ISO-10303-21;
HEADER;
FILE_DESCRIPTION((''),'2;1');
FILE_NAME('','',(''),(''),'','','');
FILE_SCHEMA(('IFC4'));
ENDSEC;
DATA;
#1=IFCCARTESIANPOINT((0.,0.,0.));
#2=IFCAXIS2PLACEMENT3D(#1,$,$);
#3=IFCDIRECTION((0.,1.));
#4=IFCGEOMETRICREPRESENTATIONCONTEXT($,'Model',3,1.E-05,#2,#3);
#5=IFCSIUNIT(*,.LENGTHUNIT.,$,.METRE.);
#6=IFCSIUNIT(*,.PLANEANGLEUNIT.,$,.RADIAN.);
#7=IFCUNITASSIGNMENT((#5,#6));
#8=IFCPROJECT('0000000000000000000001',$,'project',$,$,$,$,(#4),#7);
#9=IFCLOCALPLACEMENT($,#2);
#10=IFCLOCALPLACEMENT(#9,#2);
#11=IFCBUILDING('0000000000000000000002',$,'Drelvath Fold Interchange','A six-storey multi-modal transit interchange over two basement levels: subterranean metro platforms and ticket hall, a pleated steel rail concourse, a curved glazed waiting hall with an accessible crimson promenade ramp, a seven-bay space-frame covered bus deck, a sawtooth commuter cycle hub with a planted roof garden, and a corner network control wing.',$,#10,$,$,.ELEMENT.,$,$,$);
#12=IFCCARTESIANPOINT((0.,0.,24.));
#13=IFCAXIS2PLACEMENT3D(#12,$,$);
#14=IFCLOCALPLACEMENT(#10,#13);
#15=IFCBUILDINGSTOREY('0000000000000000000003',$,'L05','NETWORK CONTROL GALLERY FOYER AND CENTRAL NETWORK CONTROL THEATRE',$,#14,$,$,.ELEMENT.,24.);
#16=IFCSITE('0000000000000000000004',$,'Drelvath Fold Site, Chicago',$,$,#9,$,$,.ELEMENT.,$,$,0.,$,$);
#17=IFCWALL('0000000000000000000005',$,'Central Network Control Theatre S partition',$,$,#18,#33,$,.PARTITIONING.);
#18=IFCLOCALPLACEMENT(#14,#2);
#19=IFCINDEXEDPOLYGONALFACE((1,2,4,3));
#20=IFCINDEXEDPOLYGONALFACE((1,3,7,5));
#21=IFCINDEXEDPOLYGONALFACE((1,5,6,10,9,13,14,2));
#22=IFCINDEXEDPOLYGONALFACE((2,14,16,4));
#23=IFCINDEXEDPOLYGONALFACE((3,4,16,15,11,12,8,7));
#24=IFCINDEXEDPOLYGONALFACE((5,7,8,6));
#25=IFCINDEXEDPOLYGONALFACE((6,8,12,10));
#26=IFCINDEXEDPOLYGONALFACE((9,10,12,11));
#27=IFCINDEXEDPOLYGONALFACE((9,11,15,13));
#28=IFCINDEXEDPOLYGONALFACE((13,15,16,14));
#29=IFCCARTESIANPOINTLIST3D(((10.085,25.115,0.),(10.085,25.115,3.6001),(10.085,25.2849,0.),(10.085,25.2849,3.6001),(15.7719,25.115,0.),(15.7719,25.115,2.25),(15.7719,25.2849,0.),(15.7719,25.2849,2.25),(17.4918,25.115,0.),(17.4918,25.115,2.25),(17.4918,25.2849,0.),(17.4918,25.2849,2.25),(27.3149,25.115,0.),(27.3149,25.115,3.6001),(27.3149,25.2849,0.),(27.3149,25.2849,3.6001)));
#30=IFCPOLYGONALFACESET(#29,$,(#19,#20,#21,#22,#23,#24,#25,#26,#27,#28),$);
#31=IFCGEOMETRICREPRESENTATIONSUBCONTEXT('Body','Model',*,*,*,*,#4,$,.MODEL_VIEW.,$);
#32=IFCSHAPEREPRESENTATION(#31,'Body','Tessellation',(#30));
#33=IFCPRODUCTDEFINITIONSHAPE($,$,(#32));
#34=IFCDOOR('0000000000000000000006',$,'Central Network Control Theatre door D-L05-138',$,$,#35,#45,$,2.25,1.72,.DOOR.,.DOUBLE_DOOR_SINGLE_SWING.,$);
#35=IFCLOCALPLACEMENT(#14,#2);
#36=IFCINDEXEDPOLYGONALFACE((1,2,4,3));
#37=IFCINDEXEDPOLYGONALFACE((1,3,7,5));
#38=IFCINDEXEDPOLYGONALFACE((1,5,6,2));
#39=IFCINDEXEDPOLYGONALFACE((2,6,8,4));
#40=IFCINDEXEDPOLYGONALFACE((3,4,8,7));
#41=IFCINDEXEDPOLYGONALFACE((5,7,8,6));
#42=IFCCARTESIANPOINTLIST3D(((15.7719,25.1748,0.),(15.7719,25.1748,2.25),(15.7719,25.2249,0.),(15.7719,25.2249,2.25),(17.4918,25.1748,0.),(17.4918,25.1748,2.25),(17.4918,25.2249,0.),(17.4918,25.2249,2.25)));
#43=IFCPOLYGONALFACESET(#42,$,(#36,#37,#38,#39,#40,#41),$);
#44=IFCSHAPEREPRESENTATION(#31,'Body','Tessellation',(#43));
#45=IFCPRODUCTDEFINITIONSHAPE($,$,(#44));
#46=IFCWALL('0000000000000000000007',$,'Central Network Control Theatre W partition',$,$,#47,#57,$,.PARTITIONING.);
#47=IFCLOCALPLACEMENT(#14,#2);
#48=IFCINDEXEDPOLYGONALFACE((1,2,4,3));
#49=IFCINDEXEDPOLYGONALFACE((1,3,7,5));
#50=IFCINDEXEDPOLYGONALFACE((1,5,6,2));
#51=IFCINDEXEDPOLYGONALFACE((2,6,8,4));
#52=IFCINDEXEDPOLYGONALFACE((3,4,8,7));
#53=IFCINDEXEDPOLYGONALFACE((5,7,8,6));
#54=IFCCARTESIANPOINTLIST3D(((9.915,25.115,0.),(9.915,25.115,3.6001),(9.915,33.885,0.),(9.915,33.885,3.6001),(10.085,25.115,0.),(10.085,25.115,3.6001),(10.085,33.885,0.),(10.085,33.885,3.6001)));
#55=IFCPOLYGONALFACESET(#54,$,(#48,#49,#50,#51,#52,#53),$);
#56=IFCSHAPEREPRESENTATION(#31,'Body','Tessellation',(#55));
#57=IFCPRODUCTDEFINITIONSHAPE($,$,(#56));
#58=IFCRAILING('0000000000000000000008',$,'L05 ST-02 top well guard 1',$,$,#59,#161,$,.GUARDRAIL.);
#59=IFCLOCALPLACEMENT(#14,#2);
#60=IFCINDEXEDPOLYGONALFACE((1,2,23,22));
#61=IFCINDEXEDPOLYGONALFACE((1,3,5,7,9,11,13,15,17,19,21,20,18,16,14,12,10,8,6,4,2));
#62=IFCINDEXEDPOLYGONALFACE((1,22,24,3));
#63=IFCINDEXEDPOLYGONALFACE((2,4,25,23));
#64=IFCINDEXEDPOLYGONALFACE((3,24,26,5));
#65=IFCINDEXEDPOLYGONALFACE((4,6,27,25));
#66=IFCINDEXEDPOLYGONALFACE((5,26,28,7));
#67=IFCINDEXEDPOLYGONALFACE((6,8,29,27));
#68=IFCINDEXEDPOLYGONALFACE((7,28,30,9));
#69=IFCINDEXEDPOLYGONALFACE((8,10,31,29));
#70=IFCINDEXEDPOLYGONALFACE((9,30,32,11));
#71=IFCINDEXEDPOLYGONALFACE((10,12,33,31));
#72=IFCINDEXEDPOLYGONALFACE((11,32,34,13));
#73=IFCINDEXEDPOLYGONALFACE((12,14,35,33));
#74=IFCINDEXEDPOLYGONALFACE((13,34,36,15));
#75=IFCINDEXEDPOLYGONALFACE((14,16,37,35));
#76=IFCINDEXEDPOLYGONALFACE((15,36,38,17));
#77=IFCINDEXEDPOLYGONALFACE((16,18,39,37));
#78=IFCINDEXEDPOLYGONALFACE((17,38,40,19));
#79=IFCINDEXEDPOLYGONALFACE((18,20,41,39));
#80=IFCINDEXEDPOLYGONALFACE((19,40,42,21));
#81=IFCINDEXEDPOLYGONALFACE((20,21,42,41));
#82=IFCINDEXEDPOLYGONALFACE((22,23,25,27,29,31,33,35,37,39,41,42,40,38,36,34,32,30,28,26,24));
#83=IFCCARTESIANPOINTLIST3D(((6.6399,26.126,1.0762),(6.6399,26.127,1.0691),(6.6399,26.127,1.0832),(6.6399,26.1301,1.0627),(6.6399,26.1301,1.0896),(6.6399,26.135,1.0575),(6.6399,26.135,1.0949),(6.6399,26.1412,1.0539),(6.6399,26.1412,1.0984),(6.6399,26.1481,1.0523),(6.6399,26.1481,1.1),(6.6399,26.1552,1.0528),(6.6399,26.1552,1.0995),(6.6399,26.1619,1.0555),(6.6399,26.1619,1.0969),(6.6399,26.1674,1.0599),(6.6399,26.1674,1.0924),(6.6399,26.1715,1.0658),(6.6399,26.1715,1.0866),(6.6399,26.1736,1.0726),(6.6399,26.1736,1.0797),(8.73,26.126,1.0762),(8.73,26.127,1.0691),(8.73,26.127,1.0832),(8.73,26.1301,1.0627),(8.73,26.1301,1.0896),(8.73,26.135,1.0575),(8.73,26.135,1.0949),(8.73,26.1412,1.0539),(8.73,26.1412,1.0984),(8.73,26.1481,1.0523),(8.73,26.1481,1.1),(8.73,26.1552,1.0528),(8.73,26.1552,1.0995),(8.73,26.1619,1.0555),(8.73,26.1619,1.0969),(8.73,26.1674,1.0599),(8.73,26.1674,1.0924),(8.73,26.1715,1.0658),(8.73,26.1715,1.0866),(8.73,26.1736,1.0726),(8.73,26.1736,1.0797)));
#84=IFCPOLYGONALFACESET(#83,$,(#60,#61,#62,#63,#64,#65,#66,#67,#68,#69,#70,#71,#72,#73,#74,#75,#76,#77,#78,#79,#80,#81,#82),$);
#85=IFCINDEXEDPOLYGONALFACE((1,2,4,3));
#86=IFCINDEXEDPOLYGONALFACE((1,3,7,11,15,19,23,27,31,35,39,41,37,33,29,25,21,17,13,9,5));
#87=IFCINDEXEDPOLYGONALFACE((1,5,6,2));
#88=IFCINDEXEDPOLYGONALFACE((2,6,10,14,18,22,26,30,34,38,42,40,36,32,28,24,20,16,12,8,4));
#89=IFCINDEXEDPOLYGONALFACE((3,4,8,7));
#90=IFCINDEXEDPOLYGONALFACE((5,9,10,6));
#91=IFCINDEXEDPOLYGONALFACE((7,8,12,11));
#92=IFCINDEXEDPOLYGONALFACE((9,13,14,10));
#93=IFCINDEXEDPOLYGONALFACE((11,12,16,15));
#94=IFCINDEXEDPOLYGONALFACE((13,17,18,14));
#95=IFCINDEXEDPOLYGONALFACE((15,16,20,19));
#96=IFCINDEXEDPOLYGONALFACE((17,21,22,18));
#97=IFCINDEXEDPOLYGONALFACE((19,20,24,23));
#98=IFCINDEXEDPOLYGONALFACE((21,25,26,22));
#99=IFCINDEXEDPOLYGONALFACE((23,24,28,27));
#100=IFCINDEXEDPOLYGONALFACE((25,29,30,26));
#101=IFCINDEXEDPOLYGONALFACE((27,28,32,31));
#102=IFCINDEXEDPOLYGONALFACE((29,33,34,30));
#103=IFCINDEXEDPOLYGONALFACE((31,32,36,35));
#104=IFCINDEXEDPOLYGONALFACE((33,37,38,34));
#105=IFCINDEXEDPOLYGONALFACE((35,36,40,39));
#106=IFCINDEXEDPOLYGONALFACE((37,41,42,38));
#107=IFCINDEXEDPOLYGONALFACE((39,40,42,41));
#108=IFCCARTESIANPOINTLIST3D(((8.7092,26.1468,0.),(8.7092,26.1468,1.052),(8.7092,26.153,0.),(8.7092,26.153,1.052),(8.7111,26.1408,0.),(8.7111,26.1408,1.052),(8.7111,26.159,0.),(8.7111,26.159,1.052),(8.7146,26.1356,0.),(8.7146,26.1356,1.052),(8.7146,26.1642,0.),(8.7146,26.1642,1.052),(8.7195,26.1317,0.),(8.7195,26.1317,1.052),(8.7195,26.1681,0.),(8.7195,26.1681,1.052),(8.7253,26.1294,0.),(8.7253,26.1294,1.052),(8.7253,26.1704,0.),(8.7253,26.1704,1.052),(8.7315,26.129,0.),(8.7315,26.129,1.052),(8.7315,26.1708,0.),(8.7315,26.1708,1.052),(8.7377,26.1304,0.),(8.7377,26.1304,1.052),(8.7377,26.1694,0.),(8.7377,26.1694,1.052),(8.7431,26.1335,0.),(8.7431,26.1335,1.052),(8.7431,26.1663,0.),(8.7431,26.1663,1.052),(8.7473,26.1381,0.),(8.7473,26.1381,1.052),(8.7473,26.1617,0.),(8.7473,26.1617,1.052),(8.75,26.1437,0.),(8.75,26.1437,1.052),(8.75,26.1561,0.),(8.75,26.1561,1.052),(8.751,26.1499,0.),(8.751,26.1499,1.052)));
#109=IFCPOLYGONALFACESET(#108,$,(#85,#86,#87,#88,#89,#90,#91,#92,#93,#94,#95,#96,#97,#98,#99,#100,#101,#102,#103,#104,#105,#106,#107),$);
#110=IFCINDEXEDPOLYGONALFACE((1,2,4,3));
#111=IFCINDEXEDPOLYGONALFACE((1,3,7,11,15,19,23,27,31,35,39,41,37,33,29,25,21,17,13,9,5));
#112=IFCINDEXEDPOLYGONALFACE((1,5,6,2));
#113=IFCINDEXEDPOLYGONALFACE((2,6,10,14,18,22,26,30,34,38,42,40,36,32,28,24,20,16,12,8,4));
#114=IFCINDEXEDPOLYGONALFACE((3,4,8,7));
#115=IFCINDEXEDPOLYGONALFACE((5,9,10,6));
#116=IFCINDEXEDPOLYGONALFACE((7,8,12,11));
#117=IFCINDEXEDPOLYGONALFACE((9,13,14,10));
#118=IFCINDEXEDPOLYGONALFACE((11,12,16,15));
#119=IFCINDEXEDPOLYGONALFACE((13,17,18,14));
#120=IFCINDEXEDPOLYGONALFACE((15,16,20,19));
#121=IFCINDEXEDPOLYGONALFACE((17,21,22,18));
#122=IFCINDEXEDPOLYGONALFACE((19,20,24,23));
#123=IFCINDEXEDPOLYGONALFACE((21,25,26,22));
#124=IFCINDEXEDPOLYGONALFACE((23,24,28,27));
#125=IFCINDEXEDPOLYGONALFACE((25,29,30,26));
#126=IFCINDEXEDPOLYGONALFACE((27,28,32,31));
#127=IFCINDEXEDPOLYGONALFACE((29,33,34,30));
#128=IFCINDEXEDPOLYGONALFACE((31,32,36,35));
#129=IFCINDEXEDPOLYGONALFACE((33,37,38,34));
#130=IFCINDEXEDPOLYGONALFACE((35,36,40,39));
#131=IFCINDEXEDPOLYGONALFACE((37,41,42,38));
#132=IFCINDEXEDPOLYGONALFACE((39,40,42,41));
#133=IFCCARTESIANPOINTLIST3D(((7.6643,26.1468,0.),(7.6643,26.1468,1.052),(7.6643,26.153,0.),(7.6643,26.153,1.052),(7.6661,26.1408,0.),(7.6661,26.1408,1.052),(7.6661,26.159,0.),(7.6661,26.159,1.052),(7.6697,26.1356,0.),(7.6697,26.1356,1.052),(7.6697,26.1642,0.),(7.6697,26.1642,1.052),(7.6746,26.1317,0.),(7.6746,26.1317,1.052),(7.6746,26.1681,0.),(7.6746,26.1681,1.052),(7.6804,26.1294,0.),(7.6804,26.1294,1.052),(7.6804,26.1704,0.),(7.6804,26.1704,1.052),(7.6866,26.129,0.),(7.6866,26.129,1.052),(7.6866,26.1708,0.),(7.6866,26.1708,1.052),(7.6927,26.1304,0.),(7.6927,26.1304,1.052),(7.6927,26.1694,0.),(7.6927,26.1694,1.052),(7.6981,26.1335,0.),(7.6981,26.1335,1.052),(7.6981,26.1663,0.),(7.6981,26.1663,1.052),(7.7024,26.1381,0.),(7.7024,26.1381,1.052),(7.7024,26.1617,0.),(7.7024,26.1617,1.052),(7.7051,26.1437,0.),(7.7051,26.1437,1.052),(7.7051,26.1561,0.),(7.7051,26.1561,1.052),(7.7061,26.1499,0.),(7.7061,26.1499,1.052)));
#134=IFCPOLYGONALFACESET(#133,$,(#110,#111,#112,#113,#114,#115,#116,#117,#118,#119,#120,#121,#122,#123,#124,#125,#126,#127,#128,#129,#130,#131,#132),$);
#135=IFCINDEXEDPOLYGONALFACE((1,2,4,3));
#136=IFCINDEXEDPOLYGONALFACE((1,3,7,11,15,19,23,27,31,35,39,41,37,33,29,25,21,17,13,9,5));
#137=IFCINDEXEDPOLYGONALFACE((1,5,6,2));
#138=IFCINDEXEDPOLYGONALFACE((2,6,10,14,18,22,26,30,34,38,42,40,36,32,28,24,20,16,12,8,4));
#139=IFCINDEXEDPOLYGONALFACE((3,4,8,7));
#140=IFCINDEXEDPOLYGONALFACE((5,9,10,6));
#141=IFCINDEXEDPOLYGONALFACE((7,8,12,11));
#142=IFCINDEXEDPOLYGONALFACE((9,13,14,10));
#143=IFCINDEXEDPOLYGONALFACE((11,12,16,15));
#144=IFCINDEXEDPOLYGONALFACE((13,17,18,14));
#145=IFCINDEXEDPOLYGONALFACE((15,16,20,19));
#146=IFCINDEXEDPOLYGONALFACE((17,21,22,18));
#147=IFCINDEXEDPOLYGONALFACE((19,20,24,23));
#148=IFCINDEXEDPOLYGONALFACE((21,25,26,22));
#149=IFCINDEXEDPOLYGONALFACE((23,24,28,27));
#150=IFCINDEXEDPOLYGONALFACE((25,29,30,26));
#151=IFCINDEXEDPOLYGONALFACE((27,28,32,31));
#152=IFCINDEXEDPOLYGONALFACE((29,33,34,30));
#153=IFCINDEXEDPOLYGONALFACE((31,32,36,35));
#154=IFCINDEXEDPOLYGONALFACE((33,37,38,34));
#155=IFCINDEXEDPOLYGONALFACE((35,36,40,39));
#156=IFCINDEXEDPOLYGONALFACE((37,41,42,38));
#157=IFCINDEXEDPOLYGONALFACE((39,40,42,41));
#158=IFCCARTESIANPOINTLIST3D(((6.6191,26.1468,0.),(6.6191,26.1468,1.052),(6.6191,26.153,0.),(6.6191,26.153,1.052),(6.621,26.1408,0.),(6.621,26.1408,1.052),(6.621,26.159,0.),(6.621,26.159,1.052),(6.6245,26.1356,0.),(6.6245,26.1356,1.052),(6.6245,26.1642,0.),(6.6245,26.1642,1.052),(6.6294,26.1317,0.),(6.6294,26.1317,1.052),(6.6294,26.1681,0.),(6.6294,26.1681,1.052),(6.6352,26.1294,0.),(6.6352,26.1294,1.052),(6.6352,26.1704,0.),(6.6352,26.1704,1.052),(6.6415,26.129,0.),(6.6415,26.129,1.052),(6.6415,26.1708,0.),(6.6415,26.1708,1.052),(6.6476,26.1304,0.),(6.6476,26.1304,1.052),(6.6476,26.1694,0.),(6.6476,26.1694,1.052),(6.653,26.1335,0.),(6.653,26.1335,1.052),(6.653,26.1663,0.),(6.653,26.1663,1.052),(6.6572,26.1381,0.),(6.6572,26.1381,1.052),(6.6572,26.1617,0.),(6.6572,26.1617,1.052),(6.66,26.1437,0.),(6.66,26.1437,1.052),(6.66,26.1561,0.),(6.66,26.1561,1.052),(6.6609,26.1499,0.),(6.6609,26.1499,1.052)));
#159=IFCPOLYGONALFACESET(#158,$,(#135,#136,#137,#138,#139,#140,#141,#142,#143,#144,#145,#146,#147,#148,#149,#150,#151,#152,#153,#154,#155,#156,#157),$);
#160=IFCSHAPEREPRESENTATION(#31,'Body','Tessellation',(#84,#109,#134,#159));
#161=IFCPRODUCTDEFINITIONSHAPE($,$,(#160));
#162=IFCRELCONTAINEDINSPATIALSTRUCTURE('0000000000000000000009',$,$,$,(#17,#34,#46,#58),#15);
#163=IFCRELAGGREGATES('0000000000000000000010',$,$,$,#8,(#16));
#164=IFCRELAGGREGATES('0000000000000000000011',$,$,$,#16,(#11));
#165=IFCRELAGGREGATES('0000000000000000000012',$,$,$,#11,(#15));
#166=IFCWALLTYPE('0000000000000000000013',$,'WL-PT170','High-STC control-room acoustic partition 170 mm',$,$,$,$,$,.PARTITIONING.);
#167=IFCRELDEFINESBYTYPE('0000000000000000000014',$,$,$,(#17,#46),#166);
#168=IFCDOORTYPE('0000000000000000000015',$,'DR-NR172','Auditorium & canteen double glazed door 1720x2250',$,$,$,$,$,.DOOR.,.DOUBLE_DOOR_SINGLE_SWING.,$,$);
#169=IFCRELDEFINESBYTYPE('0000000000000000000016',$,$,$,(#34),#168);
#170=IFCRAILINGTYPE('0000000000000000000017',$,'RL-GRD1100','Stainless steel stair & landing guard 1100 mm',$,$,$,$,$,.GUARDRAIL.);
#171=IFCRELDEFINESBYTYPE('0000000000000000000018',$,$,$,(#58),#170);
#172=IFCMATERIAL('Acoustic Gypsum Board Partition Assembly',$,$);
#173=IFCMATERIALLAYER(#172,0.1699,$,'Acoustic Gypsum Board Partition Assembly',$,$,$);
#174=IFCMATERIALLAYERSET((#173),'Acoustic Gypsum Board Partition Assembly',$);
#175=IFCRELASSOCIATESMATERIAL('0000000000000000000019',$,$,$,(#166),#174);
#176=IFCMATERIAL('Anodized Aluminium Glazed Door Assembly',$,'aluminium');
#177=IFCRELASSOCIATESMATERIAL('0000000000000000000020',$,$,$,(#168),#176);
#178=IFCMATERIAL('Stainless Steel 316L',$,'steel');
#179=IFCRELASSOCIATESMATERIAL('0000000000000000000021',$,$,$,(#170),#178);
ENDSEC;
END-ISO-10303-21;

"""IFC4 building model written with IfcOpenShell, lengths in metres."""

from ifc_helpers import new_model, si_unit, direction, frame, frame_2d, origin, origin_2d, place, context, subcontext, project, spatial, rectangle, circle, extrude, material, layer, layer_set, type_object, element, fill, save


model = new_model("IFC4")

# Units and contexts
model_context = context("Model", 3, precision=1e-05, world=origin(), true_north=direction((0.0, 1.0)))
body_context = subcontext(model_context, "Body", "Model", "MODEL_VIEW")
ifc_project = project(units=[si_unit("LENGTHUNIT", "METRE"), si_unit("PLANEANGLEUNIT", "RADIAN")], contexts=[model_context])

# Site, building, storey
site_placement = place(None, origin())
site = spatial("IfcSite", under=ifc_project, at=site_placement, Name="Drelvath Fold Site, Chicago", CompositionType="ELEMENT", RefElevation=0.0)
building_placement = place(site_placement, origin())
building = spatial("IfcBuilding", under=site, at=building_placement, Name="Drelvath Fold Interchange", Description="A six-storey multi-modal transit interchange over two basement levels: subterranean metro platforms and ticket hall, a pleated steel rail concourse, a curved glazed waiting hall with an accessible crimson promenade ramp, a seven-bay space-frame covered bus deck, a sawtooth commuter cycle hub with a planted roof garden, and a corner network control wing.", CompositionType="ELEMENT")
storey_placement = place(building_placement, frame((0.0, 0.0, 24.0)))
storey = spatial("IfcBuildingStorey", under=building, at=storey_placement, Name="L05", Description="NETWORK CONTROL GALLERY FOYER AND CENTRAL NETWORK CONTROL THEATRE", CompositionType="ELEMENT", Elevation=24.0)

# Wall, opening, door
ifc_material_1 = material(Name="Acoustic Gypsum Board Partition Assembly")
ifc_layer_1 = layer(ifc_material_1, 0.1699, Name="Acoustic Gypsum Board Partition Assembly")
ifc_layer_set_1 = layer_set([ifc_layer_1], Name="Acoustic Gypsum Board Partition Assembly")
wall_type_1 = type_object("IfcWallType", Name="WL-PT170", Description="High-STC control-room acoustic partition 170 mm", PredefinedType="PARTITIONING", material=ifc_layer_set_1)
wall_1_placement = place(storey_placement, frame((10.085, 25.2, 0.0), z_axis=(0.0, 0.0, 1.0), x_axis=(1.0, 0.0, 0.0)))
wall_1 = element("IfcWall", 1, at=wall_1_placement, inside=storey, type_object=wall_type_1, Name="Central Network Control Theatre S partition", PredefinedType="PARTITIONING", context=body_context, shape_type="SweptSolid", body=[
    extrude(rectangle(XDim=17.23, YDim=0.1699, at=frame_2d((8.615, 0.0))), origin(), (0.0, 0.0, 1.0), 3.6001),
])
opening_1_placement = place(wall_1_placement, frame((5.687, 0.0, 0.0)))
opening_1 = element("IfcOpeningElement", 2, at=opening_1_placement, cuts=wall_1, PredefinedType="OPENING", context=body_context, shape_type="SweptSolid", body=[
    extrude(rectangle(XDim=1.72, YDim=2.25, at=frame_2d((0.8599, 1.125))), frame((0.0, 0.095, 0.0), z_axis=(0.0, -1.0, 0.0), x_axis=(1.0, 0.0, 0.0)), (0.0, 0.0, 1.0), 0.1899),
])
ifc_material_2 = material(Name="Anodized Aluminium Glazed Door Assembly", Category="aluminium")
door_type = type_object("IfcDoorType", Name="DR-NR172", Description="Auditorium & canteen double glazed door 1720x2250", OperationType="DOUBLE_DOOR_SINGLE_SWING", PredefinedType="DOOR", material=ifc_material_2)
door_placement = place(opening_1_placement, origin())
door = element("IfcDoor", 3, at=door_placement, inside=storey, type_object=door_type, Name="Central Network Control Theatre door D-L05-138", OperationType="DOUBLE_DOOR_SINGLE_SWING", OverallHeight=2.25, OverallWidth=1.72, PredefinedType="DOOR", context=body_context, shape_type="SweptSolid", body=[
    extrude(rectangle(XDim=1.72, YDim=2.25, at=frame_2d((0.8599, 1.125))), frame((0.0, 0.0249, 0.0), z_axis=(0.0, -1.0, 0.0), x_axis=(1.0, 0.0, 0.0)), (0.0, 0.0, 1.0), 0.05),
])
fill(opening_1, door)

# Wall
wall_2_placement = place(storey_placement, frame((10.0, 33.885, 0.0), z_axis=(0.0, 0.0, 1.0), x_axis=(0.0, -1.0, 0.0)))
element("IfcWall", 4, at=wall_2_placement, inside=storey, type_object=wall_type_1, Name="Central Network Control Theatre W partition", PredefinedType="PARTITIONING", context=body_context, shape_type="SweptSolid", body=[
    extrude(rectangle(XDim=8.77, YDim=0.1699, at=frame_2d((4.385, 0.0))), origin(), (0.0, 0.0, 1.0), 3.6001),
])

# Railing
ifc_material_3 = material(Name="Stainless Steel 316L", Category="steel")
railing_type = type_object("IfcRailingType", Name="RL-GRD1100", Description="Stainless steel stair & landing guard 1100 mm", PredefinedType="GUARDRAIL", material=ifc_material_3)
railing_placement = place(storey_placement, frame((8.73, 26.1499, 0.0)))
element("IfcRailing", 5, at=railing_placement, inside=storey, type_object=railing_type, Name="L05 ST-02 top well guard 1", PredefinedType="GUARDRAIL", context=body_context, shape_type="SweptSolid", body=[
    extrude(circle(Radius=0.0239, at=origin_2d()), frame((0.0, 0.0, 1.0762), z_axis=(-1.0, 0.0, 0.0), x_axis=(0.0, -1.0, 0.0)), (0.0, 0.0, 1.0), 2.0901),
    extrude(circle(Radius=0.021, at=origin_2d()), origin(), (0.0, 0.0, 1.0), 1.052),
    extrude(circle(Radius=0.021, at=origin_2d()), frame((-1.0449, 0.0, 0.0)), (0.0, 0.0, 1.0), 1.052),
    extrude(circle(Radius=0.021, at=origin_2d()), frame((-2.0901, 0.0, 0.0)), (0.0, 0.0, 1.0), 1.052),
])

save(model, "model.ifc")
